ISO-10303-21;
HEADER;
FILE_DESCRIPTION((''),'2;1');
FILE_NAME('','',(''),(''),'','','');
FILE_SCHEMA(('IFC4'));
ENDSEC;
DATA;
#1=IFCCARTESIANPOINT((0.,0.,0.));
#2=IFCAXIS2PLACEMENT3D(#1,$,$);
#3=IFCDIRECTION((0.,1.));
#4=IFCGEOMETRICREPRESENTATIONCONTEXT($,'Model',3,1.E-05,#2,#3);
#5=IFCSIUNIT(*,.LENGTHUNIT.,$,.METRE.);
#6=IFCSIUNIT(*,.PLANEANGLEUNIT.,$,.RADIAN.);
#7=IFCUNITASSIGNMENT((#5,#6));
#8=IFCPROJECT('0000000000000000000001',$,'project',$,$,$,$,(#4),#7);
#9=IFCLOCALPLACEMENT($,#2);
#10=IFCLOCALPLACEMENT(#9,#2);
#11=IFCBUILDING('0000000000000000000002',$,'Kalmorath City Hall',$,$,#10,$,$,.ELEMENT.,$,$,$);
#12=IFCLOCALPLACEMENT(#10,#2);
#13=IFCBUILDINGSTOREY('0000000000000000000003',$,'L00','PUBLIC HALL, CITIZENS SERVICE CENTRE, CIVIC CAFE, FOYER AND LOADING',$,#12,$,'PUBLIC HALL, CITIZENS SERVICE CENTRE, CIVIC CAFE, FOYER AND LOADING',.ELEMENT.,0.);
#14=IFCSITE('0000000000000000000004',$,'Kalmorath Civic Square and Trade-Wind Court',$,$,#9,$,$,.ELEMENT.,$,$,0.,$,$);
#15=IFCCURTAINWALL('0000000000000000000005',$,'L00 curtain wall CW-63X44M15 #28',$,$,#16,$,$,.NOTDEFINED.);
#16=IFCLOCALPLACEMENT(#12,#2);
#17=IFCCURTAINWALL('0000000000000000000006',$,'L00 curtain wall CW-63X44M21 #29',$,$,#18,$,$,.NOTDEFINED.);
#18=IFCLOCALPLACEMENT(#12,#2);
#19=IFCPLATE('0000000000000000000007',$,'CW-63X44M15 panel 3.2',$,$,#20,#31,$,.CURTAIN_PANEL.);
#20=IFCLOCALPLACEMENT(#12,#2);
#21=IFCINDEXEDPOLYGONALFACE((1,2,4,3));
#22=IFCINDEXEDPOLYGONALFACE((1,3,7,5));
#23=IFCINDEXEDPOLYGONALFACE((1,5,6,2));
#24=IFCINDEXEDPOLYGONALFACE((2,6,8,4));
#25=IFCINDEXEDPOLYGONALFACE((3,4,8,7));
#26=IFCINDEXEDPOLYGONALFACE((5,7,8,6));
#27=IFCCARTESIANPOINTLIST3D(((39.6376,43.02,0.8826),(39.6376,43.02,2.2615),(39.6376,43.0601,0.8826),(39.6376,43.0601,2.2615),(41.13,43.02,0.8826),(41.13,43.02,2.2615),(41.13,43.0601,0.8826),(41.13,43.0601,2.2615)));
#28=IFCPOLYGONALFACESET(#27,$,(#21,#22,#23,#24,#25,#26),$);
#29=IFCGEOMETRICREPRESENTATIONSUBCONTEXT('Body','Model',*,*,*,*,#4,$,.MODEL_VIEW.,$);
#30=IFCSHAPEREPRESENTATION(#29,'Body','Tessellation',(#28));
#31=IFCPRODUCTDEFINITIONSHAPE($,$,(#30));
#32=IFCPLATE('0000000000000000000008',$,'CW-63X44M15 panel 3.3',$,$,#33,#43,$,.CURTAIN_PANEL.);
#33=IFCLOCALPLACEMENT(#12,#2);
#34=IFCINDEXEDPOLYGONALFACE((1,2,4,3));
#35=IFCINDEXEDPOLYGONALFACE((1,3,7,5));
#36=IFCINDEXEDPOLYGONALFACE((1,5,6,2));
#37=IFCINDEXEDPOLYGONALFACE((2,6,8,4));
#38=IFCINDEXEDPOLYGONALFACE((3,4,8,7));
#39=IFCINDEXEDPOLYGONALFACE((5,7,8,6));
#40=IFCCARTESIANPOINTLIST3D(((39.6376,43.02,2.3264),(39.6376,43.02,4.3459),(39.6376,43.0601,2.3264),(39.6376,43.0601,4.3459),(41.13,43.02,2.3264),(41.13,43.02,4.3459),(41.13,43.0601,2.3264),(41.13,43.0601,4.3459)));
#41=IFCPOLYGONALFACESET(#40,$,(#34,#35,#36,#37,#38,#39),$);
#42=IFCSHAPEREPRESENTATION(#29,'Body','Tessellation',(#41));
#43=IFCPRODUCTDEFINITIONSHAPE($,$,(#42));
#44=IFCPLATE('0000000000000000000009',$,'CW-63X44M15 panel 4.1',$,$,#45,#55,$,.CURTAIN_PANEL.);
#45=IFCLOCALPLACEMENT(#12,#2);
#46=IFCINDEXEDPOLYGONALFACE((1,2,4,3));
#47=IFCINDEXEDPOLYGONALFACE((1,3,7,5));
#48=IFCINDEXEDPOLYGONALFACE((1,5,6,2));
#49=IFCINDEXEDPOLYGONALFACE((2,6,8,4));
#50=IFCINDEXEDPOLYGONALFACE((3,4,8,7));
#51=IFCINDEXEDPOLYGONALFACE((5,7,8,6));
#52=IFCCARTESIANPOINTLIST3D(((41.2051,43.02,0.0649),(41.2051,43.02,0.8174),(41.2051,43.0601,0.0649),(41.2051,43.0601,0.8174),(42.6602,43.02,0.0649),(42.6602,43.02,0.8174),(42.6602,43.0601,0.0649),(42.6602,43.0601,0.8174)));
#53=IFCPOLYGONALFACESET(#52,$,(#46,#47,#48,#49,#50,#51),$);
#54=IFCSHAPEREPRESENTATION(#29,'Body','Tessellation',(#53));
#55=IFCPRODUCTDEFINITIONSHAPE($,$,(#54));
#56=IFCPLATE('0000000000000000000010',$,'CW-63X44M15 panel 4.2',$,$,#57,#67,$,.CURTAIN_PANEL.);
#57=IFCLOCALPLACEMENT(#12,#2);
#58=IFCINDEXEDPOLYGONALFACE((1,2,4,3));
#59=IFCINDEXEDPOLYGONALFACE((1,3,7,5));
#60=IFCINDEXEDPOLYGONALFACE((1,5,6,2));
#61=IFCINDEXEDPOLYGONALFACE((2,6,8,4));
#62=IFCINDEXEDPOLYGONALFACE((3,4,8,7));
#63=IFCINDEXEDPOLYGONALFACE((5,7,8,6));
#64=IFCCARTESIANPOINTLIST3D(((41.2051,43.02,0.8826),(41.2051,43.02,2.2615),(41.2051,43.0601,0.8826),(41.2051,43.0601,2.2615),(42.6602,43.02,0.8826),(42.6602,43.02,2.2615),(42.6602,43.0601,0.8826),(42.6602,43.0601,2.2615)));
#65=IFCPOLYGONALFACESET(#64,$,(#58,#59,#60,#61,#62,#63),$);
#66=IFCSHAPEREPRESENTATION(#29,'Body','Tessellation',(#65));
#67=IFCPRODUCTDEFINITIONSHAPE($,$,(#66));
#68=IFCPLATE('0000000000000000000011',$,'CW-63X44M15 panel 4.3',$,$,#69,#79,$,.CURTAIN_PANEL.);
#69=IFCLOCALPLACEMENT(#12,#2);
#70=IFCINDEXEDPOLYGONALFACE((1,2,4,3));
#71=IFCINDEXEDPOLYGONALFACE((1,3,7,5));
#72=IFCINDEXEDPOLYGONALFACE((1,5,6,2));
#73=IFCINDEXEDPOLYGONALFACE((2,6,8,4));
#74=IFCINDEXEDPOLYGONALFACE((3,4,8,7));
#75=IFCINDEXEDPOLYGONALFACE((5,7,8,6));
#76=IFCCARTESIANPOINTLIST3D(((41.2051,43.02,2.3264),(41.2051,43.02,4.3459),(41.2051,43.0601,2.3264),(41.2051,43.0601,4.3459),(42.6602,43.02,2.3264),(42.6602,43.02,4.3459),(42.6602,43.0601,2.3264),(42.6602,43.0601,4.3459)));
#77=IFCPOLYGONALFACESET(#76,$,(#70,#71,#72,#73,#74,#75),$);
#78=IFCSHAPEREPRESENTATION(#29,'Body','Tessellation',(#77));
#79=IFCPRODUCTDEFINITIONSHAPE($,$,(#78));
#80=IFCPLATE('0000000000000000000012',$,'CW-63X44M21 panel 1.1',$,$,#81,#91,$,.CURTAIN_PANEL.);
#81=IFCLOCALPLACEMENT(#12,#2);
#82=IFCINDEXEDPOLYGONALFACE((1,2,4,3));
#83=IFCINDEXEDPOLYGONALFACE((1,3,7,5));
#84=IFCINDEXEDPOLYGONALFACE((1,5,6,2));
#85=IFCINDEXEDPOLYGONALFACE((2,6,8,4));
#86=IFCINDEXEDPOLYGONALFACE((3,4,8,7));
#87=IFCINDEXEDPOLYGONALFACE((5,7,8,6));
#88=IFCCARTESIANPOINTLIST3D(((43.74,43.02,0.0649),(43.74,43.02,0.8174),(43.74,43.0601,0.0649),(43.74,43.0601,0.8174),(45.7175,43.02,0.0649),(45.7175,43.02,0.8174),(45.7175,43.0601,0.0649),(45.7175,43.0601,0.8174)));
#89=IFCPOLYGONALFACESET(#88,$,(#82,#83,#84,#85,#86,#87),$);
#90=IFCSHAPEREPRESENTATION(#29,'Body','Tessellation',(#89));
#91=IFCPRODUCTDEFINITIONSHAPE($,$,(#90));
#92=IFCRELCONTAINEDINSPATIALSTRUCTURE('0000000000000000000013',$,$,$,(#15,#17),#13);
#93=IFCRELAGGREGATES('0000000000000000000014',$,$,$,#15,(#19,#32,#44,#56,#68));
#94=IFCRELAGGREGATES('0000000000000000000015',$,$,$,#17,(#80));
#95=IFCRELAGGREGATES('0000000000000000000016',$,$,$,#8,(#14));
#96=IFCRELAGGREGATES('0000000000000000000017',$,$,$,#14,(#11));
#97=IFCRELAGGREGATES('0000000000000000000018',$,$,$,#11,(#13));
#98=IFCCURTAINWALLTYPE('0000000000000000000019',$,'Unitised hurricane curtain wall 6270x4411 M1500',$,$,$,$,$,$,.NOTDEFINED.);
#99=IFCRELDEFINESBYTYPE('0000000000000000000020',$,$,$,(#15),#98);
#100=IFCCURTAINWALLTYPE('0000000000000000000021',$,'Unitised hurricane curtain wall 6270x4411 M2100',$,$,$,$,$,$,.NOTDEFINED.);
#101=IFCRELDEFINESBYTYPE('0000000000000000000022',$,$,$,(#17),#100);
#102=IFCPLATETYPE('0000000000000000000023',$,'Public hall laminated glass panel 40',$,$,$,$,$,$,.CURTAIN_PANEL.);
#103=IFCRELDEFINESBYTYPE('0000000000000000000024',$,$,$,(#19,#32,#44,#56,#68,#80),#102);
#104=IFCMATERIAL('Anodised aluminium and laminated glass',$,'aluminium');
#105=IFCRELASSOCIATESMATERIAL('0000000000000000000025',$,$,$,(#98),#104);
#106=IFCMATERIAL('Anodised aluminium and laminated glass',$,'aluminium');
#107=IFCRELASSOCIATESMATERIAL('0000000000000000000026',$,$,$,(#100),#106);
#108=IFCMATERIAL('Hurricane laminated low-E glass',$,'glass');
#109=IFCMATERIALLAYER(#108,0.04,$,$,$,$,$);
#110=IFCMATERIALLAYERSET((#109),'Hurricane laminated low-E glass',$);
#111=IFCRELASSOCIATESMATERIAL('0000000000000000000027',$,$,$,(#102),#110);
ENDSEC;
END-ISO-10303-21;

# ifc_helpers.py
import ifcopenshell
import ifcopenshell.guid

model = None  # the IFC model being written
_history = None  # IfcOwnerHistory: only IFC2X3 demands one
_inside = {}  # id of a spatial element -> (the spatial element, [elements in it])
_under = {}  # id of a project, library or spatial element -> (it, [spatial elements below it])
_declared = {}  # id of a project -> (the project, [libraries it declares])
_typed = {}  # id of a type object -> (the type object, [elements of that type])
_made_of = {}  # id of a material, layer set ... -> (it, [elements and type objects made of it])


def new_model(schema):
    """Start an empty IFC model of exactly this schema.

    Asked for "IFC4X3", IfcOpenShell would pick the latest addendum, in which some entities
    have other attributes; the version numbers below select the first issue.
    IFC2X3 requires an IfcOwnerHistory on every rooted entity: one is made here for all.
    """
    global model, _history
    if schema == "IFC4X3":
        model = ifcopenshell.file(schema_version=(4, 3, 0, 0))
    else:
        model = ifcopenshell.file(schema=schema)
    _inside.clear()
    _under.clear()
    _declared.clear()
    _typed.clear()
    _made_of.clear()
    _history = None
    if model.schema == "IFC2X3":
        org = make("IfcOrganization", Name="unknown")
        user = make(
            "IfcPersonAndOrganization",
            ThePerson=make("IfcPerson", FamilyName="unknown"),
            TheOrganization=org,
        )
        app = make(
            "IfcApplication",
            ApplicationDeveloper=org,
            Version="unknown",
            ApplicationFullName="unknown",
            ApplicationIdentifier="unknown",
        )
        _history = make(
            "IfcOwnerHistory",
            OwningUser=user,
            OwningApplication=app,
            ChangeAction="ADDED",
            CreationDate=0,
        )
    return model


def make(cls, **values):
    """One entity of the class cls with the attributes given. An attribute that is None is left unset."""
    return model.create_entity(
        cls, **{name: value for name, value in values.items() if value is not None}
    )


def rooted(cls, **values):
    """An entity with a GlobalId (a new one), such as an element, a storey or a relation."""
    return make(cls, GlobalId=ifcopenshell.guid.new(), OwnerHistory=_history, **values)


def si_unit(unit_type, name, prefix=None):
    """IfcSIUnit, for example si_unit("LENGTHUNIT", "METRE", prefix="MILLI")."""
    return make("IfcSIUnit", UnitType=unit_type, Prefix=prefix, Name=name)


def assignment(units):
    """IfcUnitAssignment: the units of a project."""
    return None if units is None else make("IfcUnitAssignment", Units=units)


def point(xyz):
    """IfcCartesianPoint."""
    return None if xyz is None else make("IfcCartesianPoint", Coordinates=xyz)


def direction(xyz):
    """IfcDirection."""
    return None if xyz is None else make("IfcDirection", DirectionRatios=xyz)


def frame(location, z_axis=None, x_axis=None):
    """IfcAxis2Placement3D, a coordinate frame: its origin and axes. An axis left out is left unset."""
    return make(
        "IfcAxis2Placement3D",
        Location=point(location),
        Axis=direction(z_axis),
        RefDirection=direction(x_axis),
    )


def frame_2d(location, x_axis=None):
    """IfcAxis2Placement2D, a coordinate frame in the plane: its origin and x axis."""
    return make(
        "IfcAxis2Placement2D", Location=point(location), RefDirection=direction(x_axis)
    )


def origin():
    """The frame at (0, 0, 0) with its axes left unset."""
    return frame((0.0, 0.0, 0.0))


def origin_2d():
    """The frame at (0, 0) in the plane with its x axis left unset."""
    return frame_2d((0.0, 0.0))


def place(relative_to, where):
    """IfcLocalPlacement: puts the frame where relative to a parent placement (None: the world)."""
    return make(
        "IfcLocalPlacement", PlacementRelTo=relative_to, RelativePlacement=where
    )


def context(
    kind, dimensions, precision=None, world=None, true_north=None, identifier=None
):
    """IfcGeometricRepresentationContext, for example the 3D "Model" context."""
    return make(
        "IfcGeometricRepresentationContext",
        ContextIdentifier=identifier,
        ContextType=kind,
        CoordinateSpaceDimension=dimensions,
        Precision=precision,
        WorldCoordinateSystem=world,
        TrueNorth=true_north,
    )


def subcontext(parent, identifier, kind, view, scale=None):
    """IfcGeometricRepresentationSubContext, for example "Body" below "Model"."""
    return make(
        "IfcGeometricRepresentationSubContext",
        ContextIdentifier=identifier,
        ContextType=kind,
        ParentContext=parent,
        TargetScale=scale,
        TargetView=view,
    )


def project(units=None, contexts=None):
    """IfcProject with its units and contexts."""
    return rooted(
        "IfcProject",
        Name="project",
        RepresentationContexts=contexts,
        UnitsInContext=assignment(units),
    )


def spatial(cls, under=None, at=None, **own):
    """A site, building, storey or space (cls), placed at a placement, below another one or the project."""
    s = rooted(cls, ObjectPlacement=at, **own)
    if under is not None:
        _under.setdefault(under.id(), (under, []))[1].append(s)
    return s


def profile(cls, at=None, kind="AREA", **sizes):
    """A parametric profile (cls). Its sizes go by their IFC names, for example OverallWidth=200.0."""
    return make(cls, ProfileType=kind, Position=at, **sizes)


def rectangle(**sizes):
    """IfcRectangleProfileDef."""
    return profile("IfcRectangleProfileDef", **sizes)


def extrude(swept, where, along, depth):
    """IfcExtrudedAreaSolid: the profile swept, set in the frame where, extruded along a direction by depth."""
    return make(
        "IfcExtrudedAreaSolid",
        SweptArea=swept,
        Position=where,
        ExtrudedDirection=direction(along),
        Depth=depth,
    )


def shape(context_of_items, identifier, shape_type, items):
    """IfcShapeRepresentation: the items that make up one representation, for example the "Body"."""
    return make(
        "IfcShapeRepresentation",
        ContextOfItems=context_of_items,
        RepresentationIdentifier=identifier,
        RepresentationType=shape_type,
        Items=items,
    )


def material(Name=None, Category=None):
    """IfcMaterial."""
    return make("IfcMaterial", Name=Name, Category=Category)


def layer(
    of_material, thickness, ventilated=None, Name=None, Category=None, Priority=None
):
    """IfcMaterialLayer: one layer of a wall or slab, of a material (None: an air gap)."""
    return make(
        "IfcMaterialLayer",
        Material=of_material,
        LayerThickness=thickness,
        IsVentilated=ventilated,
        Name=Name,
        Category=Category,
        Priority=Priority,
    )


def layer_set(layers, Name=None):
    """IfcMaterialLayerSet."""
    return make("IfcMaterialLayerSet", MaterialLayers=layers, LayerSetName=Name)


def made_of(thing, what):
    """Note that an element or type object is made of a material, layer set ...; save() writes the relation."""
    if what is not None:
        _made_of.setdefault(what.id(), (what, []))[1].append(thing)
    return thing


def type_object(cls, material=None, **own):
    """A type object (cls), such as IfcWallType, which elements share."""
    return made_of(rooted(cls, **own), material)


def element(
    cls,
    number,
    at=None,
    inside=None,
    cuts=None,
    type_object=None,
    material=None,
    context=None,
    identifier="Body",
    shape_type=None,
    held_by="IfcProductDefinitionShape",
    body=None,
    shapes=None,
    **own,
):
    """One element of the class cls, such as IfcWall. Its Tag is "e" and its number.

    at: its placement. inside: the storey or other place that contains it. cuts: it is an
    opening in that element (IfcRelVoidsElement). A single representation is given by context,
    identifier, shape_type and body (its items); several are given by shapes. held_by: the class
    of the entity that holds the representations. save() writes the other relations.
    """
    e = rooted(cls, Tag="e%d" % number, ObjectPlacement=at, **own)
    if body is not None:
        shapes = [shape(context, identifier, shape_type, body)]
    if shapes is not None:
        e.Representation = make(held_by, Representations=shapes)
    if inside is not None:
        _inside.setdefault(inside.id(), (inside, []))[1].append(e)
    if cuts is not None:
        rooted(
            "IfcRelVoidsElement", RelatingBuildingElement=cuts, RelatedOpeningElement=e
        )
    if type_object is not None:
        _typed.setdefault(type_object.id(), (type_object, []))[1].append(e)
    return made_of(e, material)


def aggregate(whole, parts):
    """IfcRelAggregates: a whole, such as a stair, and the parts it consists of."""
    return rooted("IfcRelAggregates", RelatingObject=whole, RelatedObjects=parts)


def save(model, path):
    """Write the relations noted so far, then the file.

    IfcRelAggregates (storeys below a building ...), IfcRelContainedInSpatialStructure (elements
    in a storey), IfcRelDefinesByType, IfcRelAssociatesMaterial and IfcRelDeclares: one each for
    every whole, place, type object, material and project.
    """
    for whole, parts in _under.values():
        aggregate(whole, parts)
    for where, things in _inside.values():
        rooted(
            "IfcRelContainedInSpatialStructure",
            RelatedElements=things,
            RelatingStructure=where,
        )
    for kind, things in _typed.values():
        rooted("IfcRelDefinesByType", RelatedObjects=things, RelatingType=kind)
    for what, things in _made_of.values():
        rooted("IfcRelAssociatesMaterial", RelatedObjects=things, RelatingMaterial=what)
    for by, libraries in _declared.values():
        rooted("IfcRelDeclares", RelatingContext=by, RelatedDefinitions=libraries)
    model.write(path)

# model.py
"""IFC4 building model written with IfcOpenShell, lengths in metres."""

from ifc_helpers import new_model, si_unit, direction, frame, origin, origin_2d, place, context, subcontext, project, spatial, rectangle, extrude, material, layer, layer_set, type_object, element, aggregate, save


model = new_model("IFC4")

# Units and contexts
model_context = context("Model", 3, precision=1e-05, world=origin(), true_north=direction((0.0, 1.0)))
body_context = subcontext(model_context, "Body", "Model", "MODEL_VIEW")
ifc_project = project(units=[si_unit("LENGTHUNIT", "METRE"), si_unit("PLANEANGLEUNIT", "RADIAN")], contexts=[model_context])

# Site, building, storey
site_placement = place(None, origin())
site = spatial("IfcSite", under=ifc_project, at=site_placement, Name="Kalmorath Civic Square and Trade-Wind Court", CompositionType="ELEMENT", RefElevation=0.0)
building_placement = place(site_placement, origin())
building = spatial("IfcBuilding", under=site, at=building_placement, Name="Kalmorath City Hall", CompositionType="ELEMENT")
storey_placement = place(building_placement, origin())
storey = spatial("IfcBuildingStorey", under=building, at=storey_placement, Name="L00", Description="PUBLIC HALL, CITIZENS SERVICE CENTRE, CIVIC CAFE, FOYER AND LOADING", LongName="PUBLIC HALL, CITIZENS SERVICE CENTRE, CIVIC CAFE, FOYER AND LOADING", CompositionType="ELEMENT", Elevation=0.0)

# Curtain wall
ifc_material_1 = material(Name="Anodised aluminium and laminated glass", Category="aluminium")
curtain_wall_type_1 = type_object("IfcCurtainWallType", Name="Unitised hurricane curtain wall 6270x4411 M1500", PredefinedType="NOTDEFINED", material=ifc_material_1)
curtain_wall_1_placement = place(storey_placement, origin())
curtain_wall_1 = element("IfcCurtainWall", 1, at=curtain_wall_1_placement, inside=storey, type_object=curtain_wall_type_1, Name="L00 curtain wall CW-63X44M15 #28", PredefinedType="NOTDEFINED")

# Curtain wall
ifc_material_2 = material(Name="Anodised aluminium and laminated glass", Category="aluminium")
curtain_wall_type_2 = type_object("IfcCurtainWallType", Name="Unitised hurricane curtain wall 6270x4411 M2100", PredefinedType="NOTDEFINED", material=ifc_material_2)
curtain_wall_2_placement = place(storey_placement, origin())
curtain_wall_2 = element("IfcCurtainWall", 2, at=curtain_wall_2_placement, inside=storey, type_object=curtain_wall_type_2, Name="L00 curtain wall CW-63X44M21 #29", PredefinedType="NOTDEFINED")

# Plates
ifc_material_3 = material(Name="Hurricane laminated low-E glass", Category="glass")
ifc_layer = layer(ifc_material_3, 0.04)
ifc_layer_set = layer_set([ifc_layer], Name="Hurricane laminated low-E glass")
plate_type = type_object("IfcPlateType", Name="Public hall laminated glass panel 40", PredefinedType="CURTAIN_PANEL", material=ifc_layer_set)
plate_1_placement = place(storey_placement, frame((40.3838, 43.04, 0.8826), z_axis=(0.0, 0.0, 1.0), x_axis=(1.0, 0.0, 0.0)))
plate_1 = element("IfcPlate", 3, at=plate_1_placement, type_object=plate_type, Name="CW-63X44M15 panel 3.2", PredefinedType="CURTAIN_PANEL", context=body_context, shape_type="SweptSolid", body=[
    extrude(rectangle(XDim=1.4924, YDim=0.04, at=origin_2d()), origin(), (0.0, 0.0, 1.0), 1.3789),
])
plate_2_placement = place(storey_placement, frame((40.3838, 43.04, 2.3264), z_axis=(0.0, 0.0, 1.0), x_axis=(1.0, 0.0, 0.0)))
plate_2 = element("IfcPlate", 4, at=plate_2_placement, type_object=plate_type, Name="CW-63X44M15 panel 3.3", PredefinedType="CURTAIN_PANEL", context=body_context, shape_type="SweptSolid", body=[
    extrude(rectangle(XDim=1.4924, YDim=0.04, at=origin_2d()), origin(), (0.0, 0.0, 1.0), 2.0195),
])
plate_3_placement = place(storey_placement, frame((41.9326, 43.04, 0.0649), z_axis=(0.0, 0.0, 1.0), x_axis=(1.0, 0.0, 0.0)))
plate_3 = element("IfcPlate", 5, at=plate_3_placement, type_object=plate_type, Name="CW-63X44M15 panel 4.1", PredefinedType="CURTAIN_PANEL", context=body_context, shape_type="SweptSolid", body=[
    extrude(rectangle(XDim=1.4551, YDim=0.04, at=origin_2d()), origin(), (0.0, 0.0, 1.0), 0.7524),
])
plate_4_placement = place(storey_placement, frame((41.9326, 43.04, 0.8826), z_axis=(0.0, 0.0, 1.0), x_axis=(1.0, 0.0, 0.0)))
plate_4 = element("IfcPlate", 6, at=plate_4_placement, type_object=plate_type, Name="CW-63X44M15 panel 4.2", PredefinedType="CURTAIN_PANEL", context=body_context, shape_type="SweptSolid", body=[
    extrude(rectangle(XDim=1.4551, YDim=0.04, at=origin_2d()), origin(), (0.0, 0.0, 1.0), 1.3789),
])
plate_5_placement = place(storey_placement, frame((41.9326, 43.04, 2.3264), z_axis=(0.0, 0.0, 1.0), x_axis=(1.0, 0.0, 0.0)))
plate_5 = element("IfcPlate", 7, at=plate_5_placement, type_object=plate_type, Name="CW-63X44M15 panel 4.3", PredefinedType="CURTAIN_PANEL", context=body_context, shape_type="SweptSolid", body=[
    extrude(rectangle(XDim=1.4551, YDim=0.04, at=origin_2d()), origin(), (0.0, 0.0, 1.0), 2.0195),
])
aggregate(curtain_wall_1, [plate_1, plate_2, plate_3, plate_4, plate_5])
plate_6_placement = place(storey_placement, frame((44.7288, 43.04, 0.0649), z_axis=(0.0, 0.0, 1.0), x_axis=(1.0, 0.0, 0.0)))
plate_6 = element("IfcPlate", 8, at=plate_6_placement, type_object=plate_type, Name="CW-63X44M21 panel 1.1", PredefinedType="CURTAIN_PANEL", context=body_context, shape_type="SweptSolid", body=[
    extrude(rectangle(XDim=1.9775, YDim=0.04, at=origin_2d()), origin(), (0.0, 0.0, 1.0), 0.7524),
])
aggregate(curtain_wall_2, [plate_6])

save(model, "model.ifc")
